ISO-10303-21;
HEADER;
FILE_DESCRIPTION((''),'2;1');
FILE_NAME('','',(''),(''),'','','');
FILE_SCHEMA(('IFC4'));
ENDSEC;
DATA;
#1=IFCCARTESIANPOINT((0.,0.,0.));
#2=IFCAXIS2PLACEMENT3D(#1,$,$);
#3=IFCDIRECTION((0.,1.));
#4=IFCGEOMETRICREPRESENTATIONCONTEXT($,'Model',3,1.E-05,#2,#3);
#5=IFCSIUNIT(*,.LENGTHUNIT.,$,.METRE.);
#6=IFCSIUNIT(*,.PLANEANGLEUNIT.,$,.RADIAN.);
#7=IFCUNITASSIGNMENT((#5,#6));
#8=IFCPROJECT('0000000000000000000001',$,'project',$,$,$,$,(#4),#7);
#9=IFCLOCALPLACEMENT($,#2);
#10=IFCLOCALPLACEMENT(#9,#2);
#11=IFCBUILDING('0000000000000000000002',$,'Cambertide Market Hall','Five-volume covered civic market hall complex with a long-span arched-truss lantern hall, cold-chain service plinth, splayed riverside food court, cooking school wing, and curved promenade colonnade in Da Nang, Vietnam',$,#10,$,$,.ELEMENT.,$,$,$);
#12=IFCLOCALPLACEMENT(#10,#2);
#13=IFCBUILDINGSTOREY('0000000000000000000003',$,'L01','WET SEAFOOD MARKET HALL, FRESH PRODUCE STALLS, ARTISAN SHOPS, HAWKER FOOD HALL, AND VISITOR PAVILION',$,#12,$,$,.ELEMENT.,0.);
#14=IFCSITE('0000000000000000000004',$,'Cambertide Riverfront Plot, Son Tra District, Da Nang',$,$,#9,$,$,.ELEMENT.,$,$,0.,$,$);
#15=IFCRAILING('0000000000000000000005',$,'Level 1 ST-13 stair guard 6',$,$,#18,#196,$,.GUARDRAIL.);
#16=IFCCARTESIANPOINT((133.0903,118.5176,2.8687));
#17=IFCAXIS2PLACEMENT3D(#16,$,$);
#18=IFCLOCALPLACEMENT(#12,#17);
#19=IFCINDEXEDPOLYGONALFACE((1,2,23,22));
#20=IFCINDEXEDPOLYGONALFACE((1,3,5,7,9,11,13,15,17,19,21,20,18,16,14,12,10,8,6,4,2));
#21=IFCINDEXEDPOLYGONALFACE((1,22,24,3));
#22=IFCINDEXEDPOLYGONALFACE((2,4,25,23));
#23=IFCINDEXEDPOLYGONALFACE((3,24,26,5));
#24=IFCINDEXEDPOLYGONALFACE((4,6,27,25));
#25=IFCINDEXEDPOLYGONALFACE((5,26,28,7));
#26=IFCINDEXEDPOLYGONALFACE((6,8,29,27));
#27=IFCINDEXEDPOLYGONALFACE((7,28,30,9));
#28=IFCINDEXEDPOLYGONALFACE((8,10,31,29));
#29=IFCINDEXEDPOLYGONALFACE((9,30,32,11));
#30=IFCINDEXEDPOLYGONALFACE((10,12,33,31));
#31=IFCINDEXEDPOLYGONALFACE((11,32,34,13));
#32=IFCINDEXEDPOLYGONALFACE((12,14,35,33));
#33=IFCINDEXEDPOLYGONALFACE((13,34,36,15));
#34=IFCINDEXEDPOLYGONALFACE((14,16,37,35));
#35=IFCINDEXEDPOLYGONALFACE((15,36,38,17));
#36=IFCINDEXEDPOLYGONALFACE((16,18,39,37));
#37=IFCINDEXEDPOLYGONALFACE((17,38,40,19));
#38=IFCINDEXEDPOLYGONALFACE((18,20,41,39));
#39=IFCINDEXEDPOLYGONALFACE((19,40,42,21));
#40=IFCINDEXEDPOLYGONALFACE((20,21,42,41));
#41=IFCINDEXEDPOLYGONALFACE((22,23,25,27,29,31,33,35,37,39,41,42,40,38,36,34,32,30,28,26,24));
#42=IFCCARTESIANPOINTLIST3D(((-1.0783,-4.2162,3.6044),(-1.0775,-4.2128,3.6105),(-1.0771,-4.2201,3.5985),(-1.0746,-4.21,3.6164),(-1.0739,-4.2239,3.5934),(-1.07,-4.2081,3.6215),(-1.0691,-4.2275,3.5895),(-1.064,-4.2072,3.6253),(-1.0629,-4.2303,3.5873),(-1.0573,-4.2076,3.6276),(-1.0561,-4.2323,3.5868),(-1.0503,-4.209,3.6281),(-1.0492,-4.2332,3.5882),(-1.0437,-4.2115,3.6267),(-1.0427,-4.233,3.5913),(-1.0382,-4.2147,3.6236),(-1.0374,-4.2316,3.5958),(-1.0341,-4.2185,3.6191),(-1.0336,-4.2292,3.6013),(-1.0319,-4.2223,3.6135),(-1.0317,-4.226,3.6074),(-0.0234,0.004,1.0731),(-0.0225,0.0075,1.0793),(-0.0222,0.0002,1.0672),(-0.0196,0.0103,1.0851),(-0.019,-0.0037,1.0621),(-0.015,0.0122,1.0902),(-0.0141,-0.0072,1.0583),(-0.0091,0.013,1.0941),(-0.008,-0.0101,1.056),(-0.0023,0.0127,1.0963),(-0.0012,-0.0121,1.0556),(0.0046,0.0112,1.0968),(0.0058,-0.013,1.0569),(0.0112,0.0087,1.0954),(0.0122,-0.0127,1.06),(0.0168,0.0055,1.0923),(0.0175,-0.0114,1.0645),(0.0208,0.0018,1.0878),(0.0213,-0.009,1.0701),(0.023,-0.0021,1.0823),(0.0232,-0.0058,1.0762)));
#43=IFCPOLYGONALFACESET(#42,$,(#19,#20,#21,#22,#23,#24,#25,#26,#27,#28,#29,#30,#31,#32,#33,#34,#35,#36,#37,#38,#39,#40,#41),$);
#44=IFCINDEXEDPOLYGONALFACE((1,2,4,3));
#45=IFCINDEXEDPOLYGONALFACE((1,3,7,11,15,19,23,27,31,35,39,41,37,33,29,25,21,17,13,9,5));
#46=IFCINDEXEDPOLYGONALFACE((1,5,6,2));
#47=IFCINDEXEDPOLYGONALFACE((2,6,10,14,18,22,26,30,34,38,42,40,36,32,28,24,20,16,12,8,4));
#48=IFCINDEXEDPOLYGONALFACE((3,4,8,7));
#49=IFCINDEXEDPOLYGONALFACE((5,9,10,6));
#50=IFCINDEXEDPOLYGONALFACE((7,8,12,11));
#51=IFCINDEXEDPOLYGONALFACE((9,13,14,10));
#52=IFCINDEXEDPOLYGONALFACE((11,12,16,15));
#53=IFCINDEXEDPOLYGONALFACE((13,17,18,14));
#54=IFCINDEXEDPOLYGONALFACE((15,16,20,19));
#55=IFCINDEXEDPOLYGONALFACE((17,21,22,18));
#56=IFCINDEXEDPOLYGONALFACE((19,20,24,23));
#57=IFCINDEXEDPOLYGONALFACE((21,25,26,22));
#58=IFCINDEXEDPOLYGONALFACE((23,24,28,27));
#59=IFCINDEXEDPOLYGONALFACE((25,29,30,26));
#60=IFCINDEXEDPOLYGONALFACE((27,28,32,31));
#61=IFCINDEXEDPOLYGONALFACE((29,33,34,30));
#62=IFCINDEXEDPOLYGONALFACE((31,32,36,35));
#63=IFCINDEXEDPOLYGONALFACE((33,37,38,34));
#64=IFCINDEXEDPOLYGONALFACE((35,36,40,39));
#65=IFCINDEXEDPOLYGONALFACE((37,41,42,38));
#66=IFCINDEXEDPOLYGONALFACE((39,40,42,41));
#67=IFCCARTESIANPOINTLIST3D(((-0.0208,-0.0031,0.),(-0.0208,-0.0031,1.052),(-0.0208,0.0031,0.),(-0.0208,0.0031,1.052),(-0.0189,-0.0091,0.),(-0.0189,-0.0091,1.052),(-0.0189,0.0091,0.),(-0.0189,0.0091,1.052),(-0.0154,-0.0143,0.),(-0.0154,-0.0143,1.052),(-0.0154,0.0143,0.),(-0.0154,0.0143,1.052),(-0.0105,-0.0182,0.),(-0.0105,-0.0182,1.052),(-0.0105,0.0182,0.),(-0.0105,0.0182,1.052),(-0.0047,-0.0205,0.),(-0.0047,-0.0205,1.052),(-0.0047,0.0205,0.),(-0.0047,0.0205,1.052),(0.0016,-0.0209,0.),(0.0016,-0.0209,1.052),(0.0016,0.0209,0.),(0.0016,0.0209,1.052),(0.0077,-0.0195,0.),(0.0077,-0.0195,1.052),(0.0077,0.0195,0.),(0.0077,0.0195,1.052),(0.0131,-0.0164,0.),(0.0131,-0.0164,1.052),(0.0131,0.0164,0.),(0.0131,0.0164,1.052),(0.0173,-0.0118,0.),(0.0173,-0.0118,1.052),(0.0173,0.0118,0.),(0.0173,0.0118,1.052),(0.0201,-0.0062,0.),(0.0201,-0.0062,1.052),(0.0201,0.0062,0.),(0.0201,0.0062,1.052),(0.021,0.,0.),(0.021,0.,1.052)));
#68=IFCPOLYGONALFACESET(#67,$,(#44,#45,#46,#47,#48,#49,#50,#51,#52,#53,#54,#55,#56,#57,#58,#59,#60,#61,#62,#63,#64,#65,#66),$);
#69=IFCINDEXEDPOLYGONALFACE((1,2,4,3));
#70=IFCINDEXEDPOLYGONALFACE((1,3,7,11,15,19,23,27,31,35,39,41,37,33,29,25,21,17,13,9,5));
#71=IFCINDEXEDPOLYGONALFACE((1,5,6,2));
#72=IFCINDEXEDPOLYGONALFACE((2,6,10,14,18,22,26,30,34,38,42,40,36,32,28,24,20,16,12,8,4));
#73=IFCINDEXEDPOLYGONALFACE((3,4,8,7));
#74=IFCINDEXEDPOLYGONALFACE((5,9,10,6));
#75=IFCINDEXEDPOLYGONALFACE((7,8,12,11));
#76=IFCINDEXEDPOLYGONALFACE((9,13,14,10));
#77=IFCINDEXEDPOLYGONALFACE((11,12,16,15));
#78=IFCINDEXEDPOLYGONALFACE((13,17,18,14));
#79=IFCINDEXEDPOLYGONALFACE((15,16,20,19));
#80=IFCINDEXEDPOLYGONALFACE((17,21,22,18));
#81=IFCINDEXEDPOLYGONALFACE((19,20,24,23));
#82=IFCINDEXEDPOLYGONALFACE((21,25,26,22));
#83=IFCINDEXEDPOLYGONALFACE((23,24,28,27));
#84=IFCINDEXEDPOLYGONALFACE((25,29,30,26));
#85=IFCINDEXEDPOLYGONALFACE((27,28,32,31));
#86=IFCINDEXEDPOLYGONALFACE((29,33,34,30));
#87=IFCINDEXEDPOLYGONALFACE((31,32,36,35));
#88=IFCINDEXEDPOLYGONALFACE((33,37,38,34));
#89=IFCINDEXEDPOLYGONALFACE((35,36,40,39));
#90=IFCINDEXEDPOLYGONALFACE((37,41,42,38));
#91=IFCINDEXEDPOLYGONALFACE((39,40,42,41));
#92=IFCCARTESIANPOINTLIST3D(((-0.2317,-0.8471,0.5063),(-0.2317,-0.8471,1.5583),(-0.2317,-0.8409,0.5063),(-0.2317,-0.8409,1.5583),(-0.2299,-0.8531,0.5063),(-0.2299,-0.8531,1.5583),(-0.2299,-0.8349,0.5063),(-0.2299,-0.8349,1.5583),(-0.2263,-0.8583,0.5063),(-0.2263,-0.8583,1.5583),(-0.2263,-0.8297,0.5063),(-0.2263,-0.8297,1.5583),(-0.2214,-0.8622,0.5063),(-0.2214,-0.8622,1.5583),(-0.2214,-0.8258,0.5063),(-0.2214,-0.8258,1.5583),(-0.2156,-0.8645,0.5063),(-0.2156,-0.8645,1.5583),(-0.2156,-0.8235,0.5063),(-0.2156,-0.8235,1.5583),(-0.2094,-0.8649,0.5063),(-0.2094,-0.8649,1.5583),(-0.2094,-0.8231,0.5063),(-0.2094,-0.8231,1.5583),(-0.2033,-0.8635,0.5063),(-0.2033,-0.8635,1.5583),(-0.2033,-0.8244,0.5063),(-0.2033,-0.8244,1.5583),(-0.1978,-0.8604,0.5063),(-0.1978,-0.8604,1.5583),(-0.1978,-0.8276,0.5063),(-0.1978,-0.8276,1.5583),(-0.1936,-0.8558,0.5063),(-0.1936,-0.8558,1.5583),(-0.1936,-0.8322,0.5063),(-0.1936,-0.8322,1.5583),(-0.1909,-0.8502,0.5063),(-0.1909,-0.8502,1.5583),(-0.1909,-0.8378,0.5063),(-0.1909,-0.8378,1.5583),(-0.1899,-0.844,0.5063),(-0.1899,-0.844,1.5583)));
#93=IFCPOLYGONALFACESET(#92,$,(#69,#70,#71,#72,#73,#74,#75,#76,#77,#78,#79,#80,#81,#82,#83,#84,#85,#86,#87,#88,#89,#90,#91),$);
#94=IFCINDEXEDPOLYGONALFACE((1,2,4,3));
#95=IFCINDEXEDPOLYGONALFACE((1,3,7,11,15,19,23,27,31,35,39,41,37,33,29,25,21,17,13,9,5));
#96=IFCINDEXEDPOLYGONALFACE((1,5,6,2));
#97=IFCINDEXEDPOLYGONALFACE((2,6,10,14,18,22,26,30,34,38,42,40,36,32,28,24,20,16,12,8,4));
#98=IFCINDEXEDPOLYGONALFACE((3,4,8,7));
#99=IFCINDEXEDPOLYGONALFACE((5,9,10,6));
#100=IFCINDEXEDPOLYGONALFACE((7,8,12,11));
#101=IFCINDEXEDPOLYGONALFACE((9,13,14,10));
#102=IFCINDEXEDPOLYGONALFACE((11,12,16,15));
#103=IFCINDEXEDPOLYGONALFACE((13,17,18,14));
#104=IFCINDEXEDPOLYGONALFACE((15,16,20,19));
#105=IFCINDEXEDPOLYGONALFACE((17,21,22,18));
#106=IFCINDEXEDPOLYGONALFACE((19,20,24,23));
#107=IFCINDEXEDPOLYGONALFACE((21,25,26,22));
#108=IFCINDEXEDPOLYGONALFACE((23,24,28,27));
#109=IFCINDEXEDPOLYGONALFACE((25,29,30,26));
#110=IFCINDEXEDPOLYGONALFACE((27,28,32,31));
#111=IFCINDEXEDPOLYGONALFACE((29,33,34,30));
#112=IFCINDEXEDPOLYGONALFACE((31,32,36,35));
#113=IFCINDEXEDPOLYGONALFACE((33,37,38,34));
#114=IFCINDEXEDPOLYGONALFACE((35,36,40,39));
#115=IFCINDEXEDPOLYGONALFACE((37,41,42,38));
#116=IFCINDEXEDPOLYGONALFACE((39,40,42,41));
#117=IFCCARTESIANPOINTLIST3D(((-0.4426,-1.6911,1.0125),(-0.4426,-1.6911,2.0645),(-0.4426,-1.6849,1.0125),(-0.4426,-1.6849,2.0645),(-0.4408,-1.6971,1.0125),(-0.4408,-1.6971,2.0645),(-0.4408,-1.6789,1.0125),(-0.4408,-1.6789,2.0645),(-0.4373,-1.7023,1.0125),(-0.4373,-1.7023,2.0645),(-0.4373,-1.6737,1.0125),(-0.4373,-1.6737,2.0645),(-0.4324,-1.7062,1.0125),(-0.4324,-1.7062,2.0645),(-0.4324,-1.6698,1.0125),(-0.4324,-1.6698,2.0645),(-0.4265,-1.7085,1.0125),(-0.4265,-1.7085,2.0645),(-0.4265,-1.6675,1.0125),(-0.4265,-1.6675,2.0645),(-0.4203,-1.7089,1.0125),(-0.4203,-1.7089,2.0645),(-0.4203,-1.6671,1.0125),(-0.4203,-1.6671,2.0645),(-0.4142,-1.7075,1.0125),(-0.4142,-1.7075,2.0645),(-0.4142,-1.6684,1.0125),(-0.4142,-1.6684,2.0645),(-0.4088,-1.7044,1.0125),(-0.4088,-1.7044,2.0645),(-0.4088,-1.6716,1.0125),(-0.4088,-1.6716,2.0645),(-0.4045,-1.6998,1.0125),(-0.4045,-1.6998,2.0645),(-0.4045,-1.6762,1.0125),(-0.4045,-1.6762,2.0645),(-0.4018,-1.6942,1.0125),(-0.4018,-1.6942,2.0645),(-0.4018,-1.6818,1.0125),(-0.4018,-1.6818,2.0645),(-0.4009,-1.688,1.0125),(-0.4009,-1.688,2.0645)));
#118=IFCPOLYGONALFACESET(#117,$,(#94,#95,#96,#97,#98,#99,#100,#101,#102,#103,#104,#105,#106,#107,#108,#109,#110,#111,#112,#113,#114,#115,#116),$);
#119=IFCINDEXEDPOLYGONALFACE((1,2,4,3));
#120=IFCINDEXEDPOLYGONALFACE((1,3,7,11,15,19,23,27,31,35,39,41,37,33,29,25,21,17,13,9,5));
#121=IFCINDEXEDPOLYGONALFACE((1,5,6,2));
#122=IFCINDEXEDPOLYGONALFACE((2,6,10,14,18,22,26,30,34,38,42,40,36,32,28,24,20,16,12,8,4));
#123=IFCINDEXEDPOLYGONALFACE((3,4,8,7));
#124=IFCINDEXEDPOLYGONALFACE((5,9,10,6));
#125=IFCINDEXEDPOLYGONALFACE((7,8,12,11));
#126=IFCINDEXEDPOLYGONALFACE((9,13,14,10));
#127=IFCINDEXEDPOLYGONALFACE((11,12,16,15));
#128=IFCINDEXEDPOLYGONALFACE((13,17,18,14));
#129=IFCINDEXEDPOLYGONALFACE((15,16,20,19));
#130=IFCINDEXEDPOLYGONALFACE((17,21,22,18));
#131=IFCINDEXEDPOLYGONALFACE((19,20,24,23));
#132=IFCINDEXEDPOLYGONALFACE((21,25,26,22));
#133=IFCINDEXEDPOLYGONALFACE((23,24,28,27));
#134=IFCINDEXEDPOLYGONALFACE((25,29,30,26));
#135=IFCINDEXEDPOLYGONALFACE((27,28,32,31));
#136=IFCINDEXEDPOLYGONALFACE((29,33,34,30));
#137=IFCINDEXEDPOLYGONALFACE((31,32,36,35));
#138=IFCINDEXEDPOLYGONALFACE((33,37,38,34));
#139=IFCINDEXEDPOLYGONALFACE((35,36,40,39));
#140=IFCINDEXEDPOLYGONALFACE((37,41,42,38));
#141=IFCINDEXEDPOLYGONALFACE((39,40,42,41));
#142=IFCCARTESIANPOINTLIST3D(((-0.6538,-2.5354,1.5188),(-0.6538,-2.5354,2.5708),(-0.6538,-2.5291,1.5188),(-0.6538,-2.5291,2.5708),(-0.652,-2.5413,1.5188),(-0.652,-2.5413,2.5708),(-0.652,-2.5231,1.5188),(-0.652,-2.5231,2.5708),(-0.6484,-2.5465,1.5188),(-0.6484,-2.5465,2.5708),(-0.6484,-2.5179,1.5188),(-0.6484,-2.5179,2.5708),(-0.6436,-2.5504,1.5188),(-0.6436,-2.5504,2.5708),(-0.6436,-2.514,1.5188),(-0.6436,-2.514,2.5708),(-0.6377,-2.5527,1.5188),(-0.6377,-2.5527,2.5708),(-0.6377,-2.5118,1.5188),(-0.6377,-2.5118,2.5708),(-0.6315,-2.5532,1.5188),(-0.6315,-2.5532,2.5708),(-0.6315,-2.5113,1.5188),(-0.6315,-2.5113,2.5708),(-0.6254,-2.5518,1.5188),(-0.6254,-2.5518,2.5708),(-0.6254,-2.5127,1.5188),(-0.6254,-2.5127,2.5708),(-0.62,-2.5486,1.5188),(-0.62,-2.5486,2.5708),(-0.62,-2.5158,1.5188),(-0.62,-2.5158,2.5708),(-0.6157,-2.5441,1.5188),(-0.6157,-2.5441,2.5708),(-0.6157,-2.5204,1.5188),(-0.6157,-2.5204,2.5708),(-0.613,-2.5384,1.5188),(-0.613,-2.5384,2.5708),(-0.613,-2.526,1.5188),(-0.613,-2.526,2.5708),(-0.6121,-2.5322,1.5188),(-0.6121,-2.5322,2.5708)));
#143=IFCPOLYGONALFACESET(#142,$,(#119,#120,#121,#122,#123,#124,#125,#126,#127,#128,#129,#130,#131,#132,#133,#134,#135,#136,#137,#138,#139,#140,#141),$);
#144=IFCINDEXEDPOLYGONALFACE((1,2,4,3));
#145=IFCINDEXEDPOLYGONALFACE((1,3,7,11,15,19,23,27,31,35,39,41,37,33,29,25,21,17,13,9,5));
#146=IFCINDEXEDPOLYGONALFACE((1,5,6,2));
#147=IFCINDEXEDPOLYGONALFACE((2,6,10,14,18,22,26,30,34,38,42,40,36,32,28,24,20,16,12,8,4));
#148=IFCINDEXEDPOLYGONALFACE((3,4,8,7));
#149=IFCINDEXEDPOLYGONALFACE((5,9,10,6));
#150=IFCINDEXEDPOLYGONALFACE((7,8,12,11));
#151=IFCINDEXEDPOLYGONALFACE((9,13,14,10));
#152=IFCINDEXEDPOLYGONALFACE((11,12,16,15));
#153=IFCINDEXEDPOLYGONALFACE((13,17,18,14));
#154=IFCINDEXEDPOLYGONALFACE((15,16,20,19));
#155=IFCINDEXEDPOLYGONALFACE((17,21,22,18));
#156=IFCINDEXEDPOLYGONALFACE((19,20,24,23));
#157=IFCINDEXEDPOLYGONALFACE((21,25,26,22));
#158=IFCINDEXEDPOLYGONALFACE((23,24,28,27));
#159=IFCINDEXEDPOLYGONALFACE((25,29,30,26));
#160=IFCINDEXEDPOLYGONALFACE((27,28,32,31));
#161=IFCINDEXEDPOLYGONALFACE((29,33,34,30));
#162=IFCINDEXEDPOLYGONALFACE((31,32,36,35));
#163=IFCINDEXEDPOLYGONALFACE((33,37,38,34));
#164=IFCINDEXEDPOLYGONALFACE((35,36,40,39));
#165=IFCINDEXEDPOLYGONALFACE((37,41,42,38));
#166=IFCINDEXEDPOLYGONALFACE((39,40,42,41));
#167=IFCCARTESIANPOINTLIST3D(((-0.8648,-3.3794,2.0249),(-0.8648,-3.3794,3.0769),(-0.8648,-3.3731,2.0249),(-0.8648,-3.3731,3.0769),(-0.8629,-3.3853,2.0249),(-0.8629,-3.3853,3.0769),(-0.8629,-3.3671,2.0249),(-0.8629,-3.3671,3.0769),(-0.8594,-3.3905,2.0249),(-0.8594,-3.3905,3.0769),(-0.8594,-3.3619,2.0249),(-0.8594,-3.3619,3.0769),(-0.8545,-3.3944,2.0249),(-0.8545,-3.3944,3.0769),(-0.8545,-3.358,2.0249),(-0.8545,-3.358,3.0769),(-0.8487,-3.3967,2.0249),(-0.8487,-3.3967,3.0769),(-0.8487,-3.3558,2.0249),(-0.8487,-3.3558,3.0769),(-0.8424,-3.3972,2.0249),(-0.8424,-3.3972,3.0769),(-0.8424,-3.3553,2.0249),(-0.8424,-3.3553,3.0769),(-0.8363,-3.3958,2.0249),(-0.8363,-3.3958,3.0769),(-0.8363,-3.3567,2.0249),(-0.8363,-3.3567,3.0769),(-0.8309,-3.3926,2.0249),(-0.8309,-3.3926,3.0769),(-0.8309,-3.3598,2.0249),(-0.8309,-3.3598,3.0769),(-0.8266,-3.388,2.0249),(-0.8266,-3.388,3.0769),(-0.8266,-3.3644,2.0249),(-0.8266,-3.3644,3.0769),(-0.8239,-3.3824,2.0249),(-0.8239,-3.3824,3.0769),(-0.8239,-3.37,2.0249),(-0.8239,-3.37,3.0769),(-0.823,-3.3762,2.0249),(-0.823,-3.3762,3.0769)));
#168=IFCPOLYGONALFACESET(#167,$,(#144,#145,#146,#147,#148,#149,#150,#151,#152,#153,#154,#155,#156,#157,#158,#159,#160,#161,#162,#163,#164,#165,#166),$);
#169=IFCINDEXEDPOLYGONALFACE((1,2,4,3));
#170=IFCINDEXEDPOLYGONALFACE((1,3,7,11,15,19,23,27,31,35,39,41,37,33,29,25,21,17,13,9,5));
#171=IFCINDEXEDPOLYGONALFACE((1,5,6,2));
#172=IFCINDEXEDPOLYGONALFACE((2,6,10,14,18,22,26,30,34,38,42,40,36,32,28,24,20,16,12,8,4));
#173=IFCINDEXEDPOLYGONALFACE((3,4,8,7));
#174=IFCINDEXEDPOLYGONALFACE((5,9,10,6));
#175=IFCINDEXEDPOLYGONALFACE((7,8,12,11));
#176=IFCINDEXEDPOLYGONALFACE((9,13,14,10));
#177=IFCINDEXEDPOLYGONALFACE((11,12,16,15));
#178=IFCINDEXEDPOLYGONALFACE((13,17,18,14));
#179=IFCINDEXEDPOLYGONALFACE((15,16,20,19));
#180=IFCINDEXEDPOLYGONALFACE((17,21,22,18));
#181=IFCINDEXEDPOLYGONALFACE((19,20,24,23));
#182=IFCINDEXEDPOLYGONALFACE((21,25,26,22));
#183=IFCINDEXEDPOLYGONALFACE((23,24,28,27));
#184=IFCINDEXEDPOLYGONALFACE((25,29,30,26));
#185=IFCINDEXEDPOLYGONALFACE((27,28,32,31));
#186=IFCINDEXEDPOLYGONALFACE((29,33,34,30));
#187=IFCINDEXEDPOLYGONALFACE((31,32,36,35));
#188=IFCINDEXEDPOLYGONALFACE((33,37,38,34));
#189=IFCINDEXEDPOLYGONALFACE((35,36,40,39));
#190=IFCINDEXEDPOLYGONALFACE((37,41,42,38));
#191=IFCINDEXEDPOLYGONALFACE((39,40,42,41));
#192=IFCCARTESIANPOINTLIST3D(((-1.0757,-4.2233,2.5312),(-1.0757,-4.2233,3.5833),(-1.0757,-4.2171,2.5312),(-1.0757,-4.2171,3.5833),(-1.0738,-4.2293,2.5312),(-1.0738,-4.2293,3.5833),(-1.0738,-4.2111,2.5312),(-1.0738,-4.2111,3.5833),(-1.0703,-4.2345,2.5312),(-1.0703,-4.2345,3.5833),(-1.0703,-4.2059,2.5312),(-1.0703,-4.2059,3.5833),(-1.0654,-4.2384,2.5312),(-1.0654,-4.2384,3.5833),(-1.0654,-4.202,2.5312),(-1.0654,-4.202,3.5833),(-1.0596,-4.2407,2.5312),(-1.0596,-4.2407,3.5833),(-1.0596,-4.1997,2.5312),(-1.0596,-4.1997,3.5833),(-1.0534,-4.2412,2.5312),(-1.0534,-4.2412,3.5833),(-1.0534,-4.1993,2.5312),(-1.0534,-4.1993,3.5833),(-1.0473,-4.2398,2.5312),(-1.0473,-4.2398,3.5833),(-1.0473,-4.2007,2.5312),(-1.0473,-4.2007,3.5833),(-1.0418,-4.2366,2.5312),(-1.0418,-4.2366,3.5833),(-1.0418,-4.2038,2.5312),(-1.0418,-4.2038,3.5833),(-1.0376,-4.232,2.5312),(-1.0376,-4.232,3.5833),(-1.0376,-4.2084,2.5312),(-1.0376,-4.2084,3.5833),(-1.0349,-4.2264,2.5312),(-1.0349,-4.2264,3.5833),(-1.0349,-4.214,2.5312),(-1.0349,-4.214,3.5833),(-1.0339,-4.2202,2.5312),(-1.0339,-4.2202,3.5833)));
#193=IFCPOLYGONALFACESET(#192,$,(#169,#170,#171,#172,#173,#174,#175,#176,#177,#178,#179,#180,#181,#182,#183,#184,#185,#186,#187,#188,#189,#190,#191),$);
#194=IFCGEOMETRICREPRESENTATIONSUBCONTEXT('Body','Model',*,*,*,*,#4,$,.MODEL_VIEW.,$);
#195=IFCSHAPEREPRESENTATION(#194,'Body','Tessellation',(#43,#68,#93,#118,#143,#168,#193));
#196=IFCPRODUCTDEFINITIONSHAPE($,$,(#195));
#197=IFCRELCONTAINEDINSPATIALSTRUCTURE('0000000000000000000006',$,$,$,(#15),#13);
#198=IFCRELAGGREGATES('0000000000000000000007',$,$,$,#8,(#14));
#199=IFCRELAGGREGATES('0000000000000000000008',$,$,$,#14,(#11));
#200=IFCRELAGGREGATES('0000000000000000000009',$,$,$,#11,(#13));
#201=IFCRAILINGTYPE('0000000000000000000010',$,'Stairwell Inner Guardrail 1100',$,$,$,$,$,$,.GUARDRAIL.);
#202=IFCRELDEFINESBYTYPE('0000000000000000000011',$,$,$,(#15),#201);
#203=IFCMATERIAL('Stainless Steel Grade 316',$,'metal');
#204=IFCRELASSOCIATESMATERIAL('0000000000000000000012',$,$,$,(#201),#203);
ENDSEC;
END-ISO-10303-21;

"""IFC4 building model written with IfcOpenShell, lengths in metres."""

from ifc_helpers import new_model, si_unit, direction, frame, origin, origin_2d, place, context, subcontext, project, spatial, circle, extrude, material, type_object, element, save


model = new_model("IFC4")

# Units and contexts
model_context = context("Model", 3, precision=1e-05, world=origin(), true_north=direction((0.0, 1.0)))
body_context = subcontext(model_context, "Body", "Model", "MODEL_VIEW")
ifc_project = project(units=[si_unit("LENGTHUNIT", "METRE"), si_unit("PLANEANGLEUNIT", "RADIAN")], contexts=[model_context])

# Site, building, storey
site_placement = place(None, origin())
site = spatial("IfcSite", under=ifc_project, at=site_placement, Name="Cambertide Riverfront Plot, Son Tra District, Da Nang", CompositionType="ELEMENT", RefElevation=0.0)
building_placement = place(site_placement, origin())
building = spatial("IfcBuilding", under=site, at=building_placement, Name="Cambertide Market Hall", Description="Five-volume covered civic market hall complex with a long-span arched-truss lantern hall, cold-chain service plinth, splayed riverside food court, cooking school wing, and curved promenade colonnade in Da Nang, Vietnam", CompositionType="ELEMENT")
storey_placement = place(building_placement, origin())
storey = spatial("IfcBuildingStorey", under=building, at=storey_placement, Name="L01", Description="WET SEAFOOD MARKET HALL, FRESH PRODUCE STALLS, ARTISAN SHOPS, HAWKER FOOD HALL, AND VISITOR PAVILION", CompositionType="ELEMENT", Elevation=0.0)

# Railing
ifc_material_1 = material(Name="Stainless Steel Grade 316", Category="metal")
railing_type_1 = type_object("IfcRailingType", Name="Stairwell Inner Guardrail 1100", PredefinedType="GUARDRAIL", material=ifc_material_1)
railing_1_placement = place(storey_placement, frame((133.0903, 118.5176, 2.8687)))
element("IfcRailing", 1, at=railing_1_placement, inside=storey, type_object=railing_type_1, Name="Level 1 ST-13 stair guard 6", PredefinedType="GUARDRAIL", context=body_context, shape_type="SweptSolid", body=[
    extrude(circle(Radius=0.0239, at=origin_2d()), frame((0.0, 0.0, 1.0762), z_axis=(-0.209606, -0.838522, 0.502938), x_axis=(0.970149, -0.242509, 0.0)), (0.0, 0.0, 1.0), 5.033),
    extrude(circle(Radius=0.021, at=origin_2d()), origin(), (0.0, 0.0, 1.0), 1.052),
    extrude(circle(Radius=0.021, at=origin_2d()), frame((-0.2109, -0.844, 0.5063)), (0.0, 0.0, 1.0), 1.052),
    extrude(circle(Radius=0.021, at=origin_2d()), frame((-0.4219, -1.688, 1.0125)), (0.0, 0.0, 1.0), 1.052),
    extrude(circle(Radius=0.021, at=origin_2d()), frame((-0.6331, -2.5322, 1.5188)), (0.0, 0.0, 1.0), 1.052),
    extrude(circle(Radius=0.021, at=origin_2d()), frame((-0.844, -3.3762, 2.0249)), (0.0, 0.0, 1.0), 1.052),
    extrude(circle(Radius=0.021, at=origin_2d()), frame((-1.0549, -4.2202, 2.5312)), (0.0, 0.0, 1.0), 1.052),
])

save(model, "model.ifc")
